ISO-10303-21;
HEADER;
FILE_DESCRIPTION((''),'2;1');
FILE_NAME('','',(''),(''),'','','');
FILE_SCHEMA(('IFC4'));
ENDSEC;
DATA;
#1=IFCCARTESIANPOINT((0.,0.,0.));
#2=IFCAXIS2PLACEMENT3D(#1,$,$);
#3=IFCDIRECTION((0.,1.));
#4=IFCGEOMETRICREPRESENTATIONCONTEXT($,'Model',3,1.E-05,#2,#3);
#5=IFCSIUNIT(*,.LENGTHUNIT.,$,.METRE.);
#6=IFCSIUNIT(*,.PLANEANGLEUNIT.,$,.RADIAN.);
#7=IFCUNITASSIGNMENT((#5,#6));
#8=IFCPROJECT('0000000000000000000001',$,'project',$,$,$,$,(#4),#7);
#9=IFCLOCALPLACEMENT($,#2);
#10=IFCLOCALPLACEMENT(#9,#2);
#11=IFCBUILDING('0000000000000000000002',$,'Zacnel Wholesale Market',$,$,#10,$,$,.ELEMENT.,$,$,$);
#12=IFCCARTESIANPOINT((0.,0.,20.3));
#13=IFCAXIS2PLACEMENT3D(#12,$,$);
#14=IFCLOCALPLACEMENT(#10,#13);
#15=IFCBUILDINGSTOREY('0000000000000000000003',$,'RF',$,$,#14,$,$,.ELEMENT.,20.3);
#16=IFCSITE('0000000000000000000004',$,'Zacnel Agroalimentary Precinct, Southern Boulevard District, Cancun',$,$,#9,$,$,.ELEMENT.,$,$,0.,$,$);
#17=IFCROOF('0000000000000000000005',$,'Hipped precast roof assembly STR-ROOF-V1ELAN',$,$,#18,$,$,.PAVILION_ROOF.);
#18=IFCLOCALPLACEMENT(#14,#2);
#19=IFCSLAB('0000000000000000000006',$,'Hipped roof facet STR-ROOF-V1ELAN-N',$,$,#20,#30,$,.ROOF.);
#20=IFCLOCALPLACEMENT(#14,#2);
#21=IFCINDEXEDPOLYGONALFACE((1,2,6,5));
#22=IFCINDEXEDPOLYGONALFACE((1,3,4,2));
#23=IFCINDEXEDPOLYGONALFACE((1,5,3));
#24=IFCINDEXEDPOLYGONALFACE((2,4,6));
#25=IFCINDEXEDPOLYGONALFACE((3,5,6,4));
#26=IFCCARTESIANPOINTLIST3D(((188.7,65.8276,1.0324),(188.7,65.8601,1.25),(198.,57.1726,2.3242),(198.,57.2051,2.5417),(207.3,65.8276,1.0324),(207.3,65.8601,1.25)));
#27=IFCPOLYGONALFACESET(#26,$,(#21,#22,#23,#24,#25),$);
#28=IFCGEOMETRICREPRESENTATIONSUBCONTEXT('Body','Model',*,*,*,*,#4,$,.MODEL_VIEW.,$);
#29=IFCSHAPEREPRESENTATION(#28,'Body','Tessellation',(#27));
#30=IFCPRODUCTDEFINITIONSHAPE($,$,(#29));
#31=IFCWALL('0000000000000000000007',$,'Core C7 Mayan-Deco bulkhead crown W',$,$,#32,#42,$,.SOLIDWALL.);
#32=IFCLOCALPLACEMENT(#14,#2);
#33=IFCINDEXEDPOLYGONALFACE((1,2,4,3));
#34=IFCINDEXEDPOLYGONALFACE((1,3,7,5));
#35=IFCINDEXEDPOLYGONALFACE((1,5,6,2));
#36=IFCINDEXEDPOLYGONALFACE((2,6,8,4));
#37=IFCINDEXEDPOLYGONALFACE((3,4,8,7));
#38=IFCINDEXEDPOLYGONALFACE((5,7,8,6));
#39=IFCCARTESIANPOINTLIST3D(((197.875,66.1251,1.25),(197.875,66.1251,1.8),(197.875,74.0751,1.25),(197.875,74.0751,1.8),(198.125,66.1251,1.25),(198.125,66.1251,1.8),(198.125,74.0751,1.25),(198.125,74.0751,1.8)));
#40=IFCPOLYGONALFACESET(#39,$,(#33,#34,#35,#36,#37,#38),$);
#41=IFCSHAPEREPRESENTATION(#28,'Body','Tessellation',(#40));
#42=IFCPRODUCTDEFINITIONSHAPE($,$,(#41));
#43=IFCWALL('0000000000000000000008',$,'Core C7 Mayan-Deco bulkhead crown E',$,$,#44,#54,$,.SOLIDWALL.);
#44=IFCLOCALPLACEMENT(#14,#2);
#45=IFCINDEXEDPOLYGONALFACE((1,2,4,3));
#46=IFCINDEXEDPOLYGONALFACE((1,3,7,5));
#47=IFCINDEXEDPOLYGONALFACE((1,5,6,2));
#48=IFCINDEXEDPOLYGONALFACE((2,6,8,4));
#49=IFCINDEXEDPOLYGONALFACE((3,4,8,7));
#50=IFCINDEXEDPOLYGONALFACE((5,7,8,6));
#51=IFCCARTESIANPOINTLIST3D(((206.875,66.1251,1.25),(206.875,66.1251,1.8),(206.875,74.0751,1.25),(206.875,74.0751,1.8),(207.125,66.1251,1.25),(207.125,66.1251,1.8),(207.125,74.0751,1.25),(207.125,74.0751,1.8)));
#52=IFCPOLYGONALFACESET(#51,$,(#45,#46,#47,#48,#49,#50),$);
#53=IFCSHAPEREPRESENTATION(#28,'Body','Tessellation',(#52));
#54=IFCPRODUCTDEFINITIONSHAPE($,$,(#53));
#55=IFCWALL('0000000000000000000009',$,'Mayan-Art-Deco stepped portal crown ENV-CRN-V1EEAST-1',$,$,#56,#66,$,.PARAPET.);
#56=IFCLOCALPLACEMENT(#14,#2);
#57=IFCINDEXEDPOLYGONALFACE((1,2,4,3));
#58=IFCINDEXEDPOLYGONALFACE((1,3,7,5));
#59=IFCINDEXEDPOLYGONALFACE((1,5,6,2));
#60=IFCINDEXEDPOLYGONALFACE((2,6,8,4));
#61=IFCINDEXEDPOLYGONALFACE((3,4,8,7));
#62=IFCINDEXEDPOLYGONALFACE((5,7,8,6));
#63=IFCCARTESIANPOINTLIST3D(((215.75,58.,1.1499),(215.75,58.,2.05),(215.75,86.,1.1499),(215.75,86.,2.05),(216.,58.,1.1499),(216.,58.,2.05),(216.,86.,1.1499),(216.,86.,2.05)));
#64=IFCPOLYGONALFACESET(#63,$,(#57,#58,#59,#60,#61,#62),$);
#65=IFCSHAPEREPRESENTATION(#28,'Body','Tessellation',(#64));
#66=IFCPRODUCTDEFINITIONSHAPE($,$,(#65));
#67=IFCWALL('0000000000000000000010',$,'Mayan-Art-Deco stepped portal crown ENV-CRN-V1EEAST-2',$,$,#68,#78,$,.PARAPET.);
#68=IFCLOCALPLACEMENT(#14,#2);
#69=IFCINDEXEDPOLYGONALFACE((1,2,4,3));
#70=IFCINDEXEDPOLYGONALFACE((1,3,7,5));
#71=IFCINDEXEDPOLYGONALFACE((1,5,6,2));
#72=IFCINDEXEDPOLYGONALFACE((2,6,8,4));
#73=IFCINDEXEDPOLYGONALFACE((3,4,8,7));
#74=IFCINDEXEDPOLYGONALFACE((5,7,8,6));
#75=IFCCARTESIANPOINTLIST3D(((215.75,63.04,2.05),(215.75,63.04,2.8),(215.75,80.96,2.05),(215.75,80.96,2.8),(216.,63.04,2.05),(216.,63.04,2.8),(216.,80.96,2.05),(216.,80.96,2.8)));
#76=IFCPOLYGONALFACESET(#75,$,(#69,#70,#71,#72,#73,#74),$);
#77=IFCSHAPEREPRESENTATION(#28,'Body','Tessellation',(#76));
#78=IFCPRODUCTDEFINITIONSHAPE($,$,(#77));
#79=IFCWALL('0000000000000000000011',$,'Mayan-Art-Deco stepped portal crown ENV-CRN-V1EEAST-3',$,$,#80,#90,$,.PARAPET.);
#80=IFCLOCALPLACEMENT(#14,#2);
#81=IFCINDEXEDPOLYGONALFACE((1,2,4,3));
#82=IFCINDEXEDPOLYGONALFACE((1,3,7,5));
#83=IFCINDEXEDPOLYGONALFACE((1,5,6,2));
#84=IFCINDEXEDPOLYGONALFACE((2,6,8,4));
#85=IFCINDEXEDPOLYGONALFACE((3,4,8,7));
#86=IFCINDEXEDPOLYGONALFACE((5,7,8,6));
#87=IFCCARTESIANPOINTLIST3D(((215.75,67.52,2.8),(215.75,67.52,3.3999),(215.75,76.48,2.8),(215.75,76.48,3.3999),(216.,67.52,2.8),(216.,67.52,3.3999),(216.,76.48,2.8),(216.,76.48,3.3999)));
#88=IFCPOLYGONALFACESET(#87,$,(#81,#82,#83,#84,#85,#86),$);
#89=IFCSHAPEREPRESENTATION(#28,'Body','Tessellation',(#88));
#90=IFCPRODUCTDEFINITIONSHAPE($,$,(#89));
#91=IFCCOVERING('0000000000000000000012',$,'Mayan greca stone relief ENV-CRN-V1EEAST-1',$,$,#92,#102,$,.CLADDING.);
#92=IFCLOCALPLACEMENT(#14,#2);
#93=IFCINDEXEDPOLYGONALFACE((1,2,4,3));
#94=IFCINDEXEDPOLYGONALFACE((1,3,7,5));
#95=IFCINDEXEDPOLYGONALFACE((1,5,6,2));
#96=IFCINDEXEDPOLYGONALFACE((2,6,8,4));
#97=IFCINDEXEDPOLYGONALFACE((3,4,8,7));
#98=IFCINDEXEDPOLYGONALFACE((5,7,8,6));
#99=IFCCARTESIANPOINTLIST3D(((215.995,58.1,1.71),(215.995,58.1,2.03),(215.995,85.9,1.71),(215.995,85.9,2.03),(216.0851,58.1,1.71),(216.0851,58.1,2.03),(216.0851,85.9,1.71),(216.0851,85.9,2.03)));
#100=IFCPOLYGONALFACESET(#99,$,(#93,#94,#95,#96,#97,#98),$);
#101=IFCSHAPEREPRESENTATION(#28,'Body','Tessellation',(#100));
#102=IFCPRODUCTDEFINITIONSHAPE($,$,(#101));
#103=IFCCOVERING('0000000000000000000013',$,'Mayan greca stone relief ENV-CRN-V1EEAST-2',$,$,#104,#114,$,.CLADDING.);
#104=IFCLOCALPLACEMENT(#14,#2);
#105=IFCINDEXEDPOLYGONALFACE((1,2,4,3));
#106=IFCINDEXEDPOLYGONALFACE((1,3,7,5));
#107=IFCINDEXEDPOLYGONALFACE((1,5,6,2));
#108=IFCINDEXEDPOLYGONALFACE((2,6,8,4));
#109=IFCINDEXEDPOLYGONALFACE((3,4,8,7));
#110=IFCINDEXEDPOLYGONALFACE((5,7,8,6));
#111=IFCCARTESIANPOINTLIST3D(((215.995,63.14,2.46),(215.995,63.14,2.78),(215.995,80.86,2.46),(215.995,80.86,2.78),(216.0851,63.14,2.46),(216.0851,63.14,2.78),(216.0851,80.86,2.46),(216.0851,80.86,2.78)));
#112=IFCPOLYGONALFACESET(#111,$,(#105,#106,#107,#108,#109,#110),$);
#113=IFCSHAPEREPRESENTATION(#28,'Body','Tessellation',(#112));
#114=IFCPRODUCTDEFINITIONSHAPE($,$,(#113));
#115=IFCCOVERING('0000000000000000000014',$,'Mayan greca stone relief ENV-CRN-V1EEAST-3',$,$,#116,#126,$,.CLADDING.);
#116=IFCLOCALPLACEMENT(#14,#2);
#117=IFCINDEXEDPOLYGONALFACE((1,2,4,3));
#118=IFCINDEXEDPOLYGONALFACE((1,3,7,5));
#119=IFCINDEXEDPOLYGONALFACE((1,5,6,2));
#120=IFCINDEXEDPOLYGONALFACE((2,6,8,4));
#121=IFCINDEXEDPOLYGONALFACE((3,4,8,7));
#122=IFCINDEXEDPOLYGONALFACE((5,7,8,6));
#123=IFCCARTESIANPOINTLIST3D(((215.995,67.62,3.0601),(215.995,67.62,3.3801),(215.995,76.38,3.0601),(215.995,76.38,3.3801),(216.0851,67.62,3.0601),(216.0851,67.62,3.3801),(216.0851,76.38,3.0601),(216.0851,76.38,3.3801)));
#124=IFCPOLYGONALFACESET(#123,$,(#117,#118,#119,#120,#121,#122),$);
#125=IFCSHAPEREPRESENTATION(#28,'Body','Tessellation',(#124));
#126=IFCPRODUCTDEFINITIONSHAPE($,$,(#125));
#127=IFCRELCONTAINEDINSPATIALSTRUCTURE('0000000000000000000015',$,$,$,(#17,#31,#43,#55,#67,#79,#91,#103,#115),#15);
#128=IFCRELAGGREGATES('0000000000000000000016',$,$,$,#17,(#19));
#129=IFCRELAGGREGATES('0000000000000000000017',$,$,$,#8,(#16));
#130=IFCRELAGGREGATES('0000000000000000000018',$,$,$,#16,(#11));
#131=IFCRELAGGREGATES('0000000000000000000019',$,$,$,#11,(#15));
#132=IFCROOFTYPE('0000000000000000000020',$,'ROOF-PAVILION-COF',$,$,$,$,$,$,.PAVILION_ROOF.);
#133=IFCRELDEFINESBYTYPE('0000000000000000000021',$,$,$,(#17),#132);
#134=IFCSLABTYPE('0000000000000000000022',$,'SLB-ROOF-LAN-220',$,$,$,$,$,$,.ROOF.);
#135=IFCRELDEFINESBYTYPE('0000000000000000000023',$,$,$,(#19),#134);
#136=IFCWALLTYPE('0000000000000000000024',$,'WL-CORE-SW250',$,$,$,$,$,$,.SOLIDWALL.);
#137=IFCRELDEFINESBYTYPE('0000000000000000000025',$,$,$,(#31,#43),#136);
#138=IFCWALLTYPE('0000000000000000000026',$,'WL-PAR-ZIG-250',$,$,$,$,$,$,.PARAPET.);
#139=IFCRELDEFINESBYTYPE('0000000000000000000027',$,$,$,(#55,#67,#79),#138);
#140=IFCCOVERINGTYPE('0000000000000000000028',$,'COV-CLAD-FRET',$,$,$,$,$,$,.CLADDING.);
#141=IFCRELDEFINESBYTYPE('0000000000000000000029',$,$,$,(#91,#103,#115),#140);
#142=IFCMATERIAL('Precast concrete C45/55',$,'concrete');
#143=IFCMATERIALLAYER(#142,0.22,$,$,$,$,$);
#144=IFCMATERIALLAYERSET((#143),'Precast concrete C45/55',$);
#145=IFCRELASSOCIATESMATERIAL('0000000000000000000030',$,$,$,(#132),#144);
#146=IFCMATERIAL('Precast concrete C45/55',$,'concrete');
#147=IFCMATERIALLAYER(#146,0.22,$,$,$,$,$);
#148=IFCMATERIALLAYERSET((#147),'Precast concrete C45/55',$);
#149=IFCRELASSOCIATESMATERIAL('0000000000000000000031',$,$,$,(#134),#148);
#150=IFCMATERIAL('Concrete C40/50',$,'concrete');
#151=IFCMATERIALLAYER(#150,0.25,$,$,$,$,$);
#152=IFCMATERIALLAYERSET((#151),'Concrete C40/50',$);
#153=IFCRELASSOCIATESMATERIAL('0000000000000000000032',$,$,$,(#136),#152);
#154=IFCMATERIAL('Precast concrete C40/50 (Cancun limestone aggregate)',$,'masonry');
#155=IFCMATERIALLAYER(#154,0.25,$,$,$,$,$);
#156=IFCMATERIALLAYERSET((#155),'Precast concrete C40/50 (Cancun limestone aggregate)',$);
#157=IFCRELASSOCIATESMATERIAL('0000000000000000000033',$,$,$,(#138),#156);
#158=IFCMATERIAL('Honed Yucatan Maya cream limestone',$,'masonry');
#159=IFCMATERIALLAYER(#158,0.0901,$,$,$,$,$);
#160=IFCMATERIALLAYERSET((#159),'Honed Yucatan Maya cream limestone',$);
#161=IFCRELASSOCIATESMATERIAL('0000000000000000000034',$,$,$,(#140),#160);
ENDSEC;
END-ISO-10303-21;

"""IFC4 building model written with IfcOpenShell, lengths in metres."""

from ifc_helpers import new_model, si_unit, direction, frame, frame_2d, origin, origin_2d, place, context, subcontext, project, spatial, polyline, rectangle, outline, extrude, material, layer, layer_set, type_object, element, aggregate, save


model = new_model("IFC4")

# Units and contexts
model_context = context("Model", 3, precision=1e-05, world=origin(), true_north=direction((0.0, 1.0)))
body_context = subcontext(model_context, "Body", "Model", "MODEL_VIEW")
ifc_project = project(units=[si_unit("LENGTHUNIT", "METRE"), si_unit("PLANEANGLEUNIT", "RADIAN")], contexts=[model_context])

# Site, building, storey
site_placement = place(None, origin())
site = spatial("IfcSite", under=ifc_project, at=site_placement, Name="Zacnel Agroalimentary Precinct, Southern Boulevard District, Cancun", CompositionType="ELEMENT", RefElevation=0.0)
building_placement = place(site_placement, origin())
building = spatial("IfcBuilding", under=site, at=building_placement, Name="Zacnel Wholesale Market", CompositionType="ELEMENT")
storey_placement = place(building_placement, frame((0.0, 0.0, 20.3)))
storey = spatial("IfcBuildingStorey", under=building, at=storey_placement, Name="RF", CompositionType="ELEMENT", Elevation=20.3)

# Roof, slab
ifc_material_1 = material(Name="Precast concrete C45/55", Category="concrete")
ifc_layer_1 = layer(ifc_material_1, 0.22)
ifc_layer_set_1 = layer_set([ifc_layer_1], Name="Precast concrete C45/55")
roof_type = type_object("IfcRoofType", Name="ROOF-PAVILION-COF", PredefinedType="PAVILION_ROOF", material=ifc_layer_set_1)
roof_placement = place(storey_placement, origin())
roof = element("IfcRoof", 1, at=roof_placement, inside=storey, type_object=roof_type, Name="Hipped precast roof assembly STR-ROOF-V1ELAN", PredefinedType="PAVILION_ROOF")
ifc_material_2 = material(Name="Precast concrete C45/55", Category="concrete")
ifc_layer_2 = layer(ifc_material_2, 0.22)
ifc_layer_set_2 = layer_set([ifc_layer_2], Name="Precast concrete C45/55")
slab_type = type_object("IfcSlabType", Name="SLB-ROOF-LAN-220", PredefinedType="ROOF", material=ifc_layer_set_2)
slab_placement = place(storey_placement, frame((207.3, 65.8601, 1.25), z_axis=(0.0, 0.147613, 0.989045), x_axis=(-1.0, 0.0, 0.0)))
slab = element("IfcSlab", 2, at=slab_placement, type_object=slab_type, Name="Hipped roof facet STR-ROOF-V1ELAN-N", PredefinedType="ROOF", context=body_context, shape_type="SweptSolid", body=[
    extrude(outline(polyline([(0.0, 0.0), (18.6001, 0.0), (9.3, 8.7509), (0.0, 0.0)])), origin(), (0.0, 0.0, -1.0), 0.22),
])
aggregate(roof, [slab])

# Walls
ifc_material_3 = material(Name="Concrete C40/50", Category="concrete")
ifc_layer_3 = layer(ifc_material_3, 0.25)
ifc_layer_set_3 = layer_set([ifc_layer_3], Name="Concrete C40/50")
wall_type_1 = type_object("IfcWallType", Name="WL-CORE-SW250", PredefinedType="SOLIDWALL", material=ifc_layer_set_3)
for number, where, z_axis, x_axis, name in (
    (3, (198.0, 66.125, 1.25), (0.0, 0.0, 1.0), (0.0, 1.0, 0.0), "Core C7 Mayan-Deco bulkhead crown W"),
    (4, (207.0, 66.125, 1.25), (0.0, 0.0, 1.0), (0.0, 1.0, 0.0), "Core C7 Mayan-Deco bulkhead crown E"),
):
    element("IfcWall", number, at=place(storey_placement, frame(where, z_axis=z_axis, x_axis=x_axis)), inside=storey, type_object=wall_type_1, Name=name, PredefinedType="SOLIDWALL", context=body_context, shape_type="SweptSolid", body=[
        extrude(rectangle(XDim=7.95, YDim=0.25, at=frame_2d((3.9751, 0.0))), origin(), (0.0, 0.0, 1.0), 0.55),
    ])
ifc_material_4 = material(Name="Precast concrete C40/50 (Cancun limestone aggregate)", Category="masonry")
ifc_layer_4 = layer(ifc_material_4, 0.25)
ifc_layer_set_4 = layer_set([ifc_layer_4], Name="Precast concrete C40/50 (Cancun limestone aggregate)")
wall_type_2 = type_object("IfcWallType", Name="WL-PAR-ZIG-250", PredefinedType="PARAPET", material=ifc_layer_set_4)
wall_1_placement = place(storey_placement, frame((215.875, 58.0, 1.1499), z_axis=(0.0, 0.0, 1.0), x_axis=(0.0, 1.0, 0.0)))
element("IfcWall", 5, at=wall_1_placement, inside=storey, type_object=wall_type_2, Name="Mayan-Art-Deco stepped portal crown ENV-CRN-V1EEAST-1", PredefinedType="PARAPET", context=body_context, shape_type="SweptSolid", body=[
    extrude(rectangle(XDim=28.0, YDim=0.25, at=frame_2d((14.0, 0.0))), origin(), (0.0, 0.0, 1.0), 0.9001),
])
wall_2_placement = place(storey_placement, frame((215.875, 63.04, 2.05), z_axis=(0.0, 0.0, 1.0), x_axis=(0.0, 1.0, 0.0)))
element("IfcWall", 6, at=wall_2_placement, inside=storey, type_object=wall_type_2, Name="Mayan-Art-Deco stepped portal crown ENV-CRN-V1EEAST-2", PredefinedType="PARAPET", context=body_context, shape_type="SweptSolid", body=[
    extrude(rectangle(XDim=17.9199, YDim=0.25, at=frame_2d((8.96, 0.0))), origin(), (0.0, 0.0, 1.0), 0.75),
])
wall_3_placement = place(storey_placement, frame((215.875, 67.52, 2.8), z_axis=(0.0, 0.0, 1.0), x_axis=(0.0, 1.0, 0.0)))
element("IfcWall", 7, at=wall_3_placement, inside=storey, type_object=wall_type_2, Name="Mayan-Art-Deco stepped portal crown ENV-CRN-V1EEAST-3", PredefinedType="PARAPET", context=body_context, shape_type="SweptSolid", body=[
    extrude(rectangle(XDim=8.96, YDim=0.25, at=frame_2d((4.48, 0.0))), origin(), (0.0, 0.0, 1.0), 0.5999),
])

# Coverings
ifc_material_5 = material(Name="Honed Yucatan Maya cream limestone", Category="masonry")
ifc_layer_5 = layer(ifc_material_5, 0.0901)
ifc_layer_set_5 = layer_set([ifc_layer_5], Name="Honed Yucatan Maya cream limestone")
covering_type = type_object("IfcCoveringType", Name="COV-CLAD-FRET", PredefinedType="CLADDING", material=ifc_layer_set_5)
covering_1_placement = place(storey_placement, frame((216.04, 72.0, 1.71), z_axis=(0.0, 0.0, 1.0), x_axis=(0.0, 1.0, 0.0)))
element("IfcCovering", 8, at=covering_1_placement, inside=storey, type_object=covering_type, Name="Mayan greca stone relief ENV-CRN-V1EEAST-1", PredefinedType="CLADDING", context=body_context, shape_type="SweptSolid", body=[
    extrude(rectangle(XDim=27.8, YDim=0.0901, at=origin_2d()), origin(), (0.0, 0.0, 1.0), 0.3201),
])
covering_2_placement = place(storey_placement, frame((216.04, 72.0, 2.46), z_axis=(0.0, 0.0, 1.0), x_axis=(0.0, 1.0, 0.0)))
element("IfcCovering", 9, at=covering_2_placement, inside=storey, type_object=covering_type, Name="Mayan greca stone relief ENV-CRN-V1EEAST-2", PredefinedType="CLADDING", context=body_context, shape_type="SweptSolid", body=[
    extrude(rectangle(XDim=17.72, YDim=0.0901, at=origin_2d()), origin(), (0.0, 0.0, 1.0), 0.3201),
])
covering_3_placement = place(storey_placement, frame((216.04, 72.0, 3.0601), z_axis=(0.0, 0.0, 1.0), x_axis=(0.0, 1.0, 0.0)))
element("IfcCovering", 10, at=covering_3_placement, inside=storey, type_object=covering_type, Name="Mayan greca stone relief ENV-CRN-V1EEAST-3", PredefinedType="CLADDING", context=body_context, shape_type="SweptSolid", body=[
    extrude(rectangle(XDim=8.76, YDim=0.0901, at=origin_2d()), origin(), (0.0, 0.0, 1.0), 0.3201),
])

save(model, "model.ifc")
